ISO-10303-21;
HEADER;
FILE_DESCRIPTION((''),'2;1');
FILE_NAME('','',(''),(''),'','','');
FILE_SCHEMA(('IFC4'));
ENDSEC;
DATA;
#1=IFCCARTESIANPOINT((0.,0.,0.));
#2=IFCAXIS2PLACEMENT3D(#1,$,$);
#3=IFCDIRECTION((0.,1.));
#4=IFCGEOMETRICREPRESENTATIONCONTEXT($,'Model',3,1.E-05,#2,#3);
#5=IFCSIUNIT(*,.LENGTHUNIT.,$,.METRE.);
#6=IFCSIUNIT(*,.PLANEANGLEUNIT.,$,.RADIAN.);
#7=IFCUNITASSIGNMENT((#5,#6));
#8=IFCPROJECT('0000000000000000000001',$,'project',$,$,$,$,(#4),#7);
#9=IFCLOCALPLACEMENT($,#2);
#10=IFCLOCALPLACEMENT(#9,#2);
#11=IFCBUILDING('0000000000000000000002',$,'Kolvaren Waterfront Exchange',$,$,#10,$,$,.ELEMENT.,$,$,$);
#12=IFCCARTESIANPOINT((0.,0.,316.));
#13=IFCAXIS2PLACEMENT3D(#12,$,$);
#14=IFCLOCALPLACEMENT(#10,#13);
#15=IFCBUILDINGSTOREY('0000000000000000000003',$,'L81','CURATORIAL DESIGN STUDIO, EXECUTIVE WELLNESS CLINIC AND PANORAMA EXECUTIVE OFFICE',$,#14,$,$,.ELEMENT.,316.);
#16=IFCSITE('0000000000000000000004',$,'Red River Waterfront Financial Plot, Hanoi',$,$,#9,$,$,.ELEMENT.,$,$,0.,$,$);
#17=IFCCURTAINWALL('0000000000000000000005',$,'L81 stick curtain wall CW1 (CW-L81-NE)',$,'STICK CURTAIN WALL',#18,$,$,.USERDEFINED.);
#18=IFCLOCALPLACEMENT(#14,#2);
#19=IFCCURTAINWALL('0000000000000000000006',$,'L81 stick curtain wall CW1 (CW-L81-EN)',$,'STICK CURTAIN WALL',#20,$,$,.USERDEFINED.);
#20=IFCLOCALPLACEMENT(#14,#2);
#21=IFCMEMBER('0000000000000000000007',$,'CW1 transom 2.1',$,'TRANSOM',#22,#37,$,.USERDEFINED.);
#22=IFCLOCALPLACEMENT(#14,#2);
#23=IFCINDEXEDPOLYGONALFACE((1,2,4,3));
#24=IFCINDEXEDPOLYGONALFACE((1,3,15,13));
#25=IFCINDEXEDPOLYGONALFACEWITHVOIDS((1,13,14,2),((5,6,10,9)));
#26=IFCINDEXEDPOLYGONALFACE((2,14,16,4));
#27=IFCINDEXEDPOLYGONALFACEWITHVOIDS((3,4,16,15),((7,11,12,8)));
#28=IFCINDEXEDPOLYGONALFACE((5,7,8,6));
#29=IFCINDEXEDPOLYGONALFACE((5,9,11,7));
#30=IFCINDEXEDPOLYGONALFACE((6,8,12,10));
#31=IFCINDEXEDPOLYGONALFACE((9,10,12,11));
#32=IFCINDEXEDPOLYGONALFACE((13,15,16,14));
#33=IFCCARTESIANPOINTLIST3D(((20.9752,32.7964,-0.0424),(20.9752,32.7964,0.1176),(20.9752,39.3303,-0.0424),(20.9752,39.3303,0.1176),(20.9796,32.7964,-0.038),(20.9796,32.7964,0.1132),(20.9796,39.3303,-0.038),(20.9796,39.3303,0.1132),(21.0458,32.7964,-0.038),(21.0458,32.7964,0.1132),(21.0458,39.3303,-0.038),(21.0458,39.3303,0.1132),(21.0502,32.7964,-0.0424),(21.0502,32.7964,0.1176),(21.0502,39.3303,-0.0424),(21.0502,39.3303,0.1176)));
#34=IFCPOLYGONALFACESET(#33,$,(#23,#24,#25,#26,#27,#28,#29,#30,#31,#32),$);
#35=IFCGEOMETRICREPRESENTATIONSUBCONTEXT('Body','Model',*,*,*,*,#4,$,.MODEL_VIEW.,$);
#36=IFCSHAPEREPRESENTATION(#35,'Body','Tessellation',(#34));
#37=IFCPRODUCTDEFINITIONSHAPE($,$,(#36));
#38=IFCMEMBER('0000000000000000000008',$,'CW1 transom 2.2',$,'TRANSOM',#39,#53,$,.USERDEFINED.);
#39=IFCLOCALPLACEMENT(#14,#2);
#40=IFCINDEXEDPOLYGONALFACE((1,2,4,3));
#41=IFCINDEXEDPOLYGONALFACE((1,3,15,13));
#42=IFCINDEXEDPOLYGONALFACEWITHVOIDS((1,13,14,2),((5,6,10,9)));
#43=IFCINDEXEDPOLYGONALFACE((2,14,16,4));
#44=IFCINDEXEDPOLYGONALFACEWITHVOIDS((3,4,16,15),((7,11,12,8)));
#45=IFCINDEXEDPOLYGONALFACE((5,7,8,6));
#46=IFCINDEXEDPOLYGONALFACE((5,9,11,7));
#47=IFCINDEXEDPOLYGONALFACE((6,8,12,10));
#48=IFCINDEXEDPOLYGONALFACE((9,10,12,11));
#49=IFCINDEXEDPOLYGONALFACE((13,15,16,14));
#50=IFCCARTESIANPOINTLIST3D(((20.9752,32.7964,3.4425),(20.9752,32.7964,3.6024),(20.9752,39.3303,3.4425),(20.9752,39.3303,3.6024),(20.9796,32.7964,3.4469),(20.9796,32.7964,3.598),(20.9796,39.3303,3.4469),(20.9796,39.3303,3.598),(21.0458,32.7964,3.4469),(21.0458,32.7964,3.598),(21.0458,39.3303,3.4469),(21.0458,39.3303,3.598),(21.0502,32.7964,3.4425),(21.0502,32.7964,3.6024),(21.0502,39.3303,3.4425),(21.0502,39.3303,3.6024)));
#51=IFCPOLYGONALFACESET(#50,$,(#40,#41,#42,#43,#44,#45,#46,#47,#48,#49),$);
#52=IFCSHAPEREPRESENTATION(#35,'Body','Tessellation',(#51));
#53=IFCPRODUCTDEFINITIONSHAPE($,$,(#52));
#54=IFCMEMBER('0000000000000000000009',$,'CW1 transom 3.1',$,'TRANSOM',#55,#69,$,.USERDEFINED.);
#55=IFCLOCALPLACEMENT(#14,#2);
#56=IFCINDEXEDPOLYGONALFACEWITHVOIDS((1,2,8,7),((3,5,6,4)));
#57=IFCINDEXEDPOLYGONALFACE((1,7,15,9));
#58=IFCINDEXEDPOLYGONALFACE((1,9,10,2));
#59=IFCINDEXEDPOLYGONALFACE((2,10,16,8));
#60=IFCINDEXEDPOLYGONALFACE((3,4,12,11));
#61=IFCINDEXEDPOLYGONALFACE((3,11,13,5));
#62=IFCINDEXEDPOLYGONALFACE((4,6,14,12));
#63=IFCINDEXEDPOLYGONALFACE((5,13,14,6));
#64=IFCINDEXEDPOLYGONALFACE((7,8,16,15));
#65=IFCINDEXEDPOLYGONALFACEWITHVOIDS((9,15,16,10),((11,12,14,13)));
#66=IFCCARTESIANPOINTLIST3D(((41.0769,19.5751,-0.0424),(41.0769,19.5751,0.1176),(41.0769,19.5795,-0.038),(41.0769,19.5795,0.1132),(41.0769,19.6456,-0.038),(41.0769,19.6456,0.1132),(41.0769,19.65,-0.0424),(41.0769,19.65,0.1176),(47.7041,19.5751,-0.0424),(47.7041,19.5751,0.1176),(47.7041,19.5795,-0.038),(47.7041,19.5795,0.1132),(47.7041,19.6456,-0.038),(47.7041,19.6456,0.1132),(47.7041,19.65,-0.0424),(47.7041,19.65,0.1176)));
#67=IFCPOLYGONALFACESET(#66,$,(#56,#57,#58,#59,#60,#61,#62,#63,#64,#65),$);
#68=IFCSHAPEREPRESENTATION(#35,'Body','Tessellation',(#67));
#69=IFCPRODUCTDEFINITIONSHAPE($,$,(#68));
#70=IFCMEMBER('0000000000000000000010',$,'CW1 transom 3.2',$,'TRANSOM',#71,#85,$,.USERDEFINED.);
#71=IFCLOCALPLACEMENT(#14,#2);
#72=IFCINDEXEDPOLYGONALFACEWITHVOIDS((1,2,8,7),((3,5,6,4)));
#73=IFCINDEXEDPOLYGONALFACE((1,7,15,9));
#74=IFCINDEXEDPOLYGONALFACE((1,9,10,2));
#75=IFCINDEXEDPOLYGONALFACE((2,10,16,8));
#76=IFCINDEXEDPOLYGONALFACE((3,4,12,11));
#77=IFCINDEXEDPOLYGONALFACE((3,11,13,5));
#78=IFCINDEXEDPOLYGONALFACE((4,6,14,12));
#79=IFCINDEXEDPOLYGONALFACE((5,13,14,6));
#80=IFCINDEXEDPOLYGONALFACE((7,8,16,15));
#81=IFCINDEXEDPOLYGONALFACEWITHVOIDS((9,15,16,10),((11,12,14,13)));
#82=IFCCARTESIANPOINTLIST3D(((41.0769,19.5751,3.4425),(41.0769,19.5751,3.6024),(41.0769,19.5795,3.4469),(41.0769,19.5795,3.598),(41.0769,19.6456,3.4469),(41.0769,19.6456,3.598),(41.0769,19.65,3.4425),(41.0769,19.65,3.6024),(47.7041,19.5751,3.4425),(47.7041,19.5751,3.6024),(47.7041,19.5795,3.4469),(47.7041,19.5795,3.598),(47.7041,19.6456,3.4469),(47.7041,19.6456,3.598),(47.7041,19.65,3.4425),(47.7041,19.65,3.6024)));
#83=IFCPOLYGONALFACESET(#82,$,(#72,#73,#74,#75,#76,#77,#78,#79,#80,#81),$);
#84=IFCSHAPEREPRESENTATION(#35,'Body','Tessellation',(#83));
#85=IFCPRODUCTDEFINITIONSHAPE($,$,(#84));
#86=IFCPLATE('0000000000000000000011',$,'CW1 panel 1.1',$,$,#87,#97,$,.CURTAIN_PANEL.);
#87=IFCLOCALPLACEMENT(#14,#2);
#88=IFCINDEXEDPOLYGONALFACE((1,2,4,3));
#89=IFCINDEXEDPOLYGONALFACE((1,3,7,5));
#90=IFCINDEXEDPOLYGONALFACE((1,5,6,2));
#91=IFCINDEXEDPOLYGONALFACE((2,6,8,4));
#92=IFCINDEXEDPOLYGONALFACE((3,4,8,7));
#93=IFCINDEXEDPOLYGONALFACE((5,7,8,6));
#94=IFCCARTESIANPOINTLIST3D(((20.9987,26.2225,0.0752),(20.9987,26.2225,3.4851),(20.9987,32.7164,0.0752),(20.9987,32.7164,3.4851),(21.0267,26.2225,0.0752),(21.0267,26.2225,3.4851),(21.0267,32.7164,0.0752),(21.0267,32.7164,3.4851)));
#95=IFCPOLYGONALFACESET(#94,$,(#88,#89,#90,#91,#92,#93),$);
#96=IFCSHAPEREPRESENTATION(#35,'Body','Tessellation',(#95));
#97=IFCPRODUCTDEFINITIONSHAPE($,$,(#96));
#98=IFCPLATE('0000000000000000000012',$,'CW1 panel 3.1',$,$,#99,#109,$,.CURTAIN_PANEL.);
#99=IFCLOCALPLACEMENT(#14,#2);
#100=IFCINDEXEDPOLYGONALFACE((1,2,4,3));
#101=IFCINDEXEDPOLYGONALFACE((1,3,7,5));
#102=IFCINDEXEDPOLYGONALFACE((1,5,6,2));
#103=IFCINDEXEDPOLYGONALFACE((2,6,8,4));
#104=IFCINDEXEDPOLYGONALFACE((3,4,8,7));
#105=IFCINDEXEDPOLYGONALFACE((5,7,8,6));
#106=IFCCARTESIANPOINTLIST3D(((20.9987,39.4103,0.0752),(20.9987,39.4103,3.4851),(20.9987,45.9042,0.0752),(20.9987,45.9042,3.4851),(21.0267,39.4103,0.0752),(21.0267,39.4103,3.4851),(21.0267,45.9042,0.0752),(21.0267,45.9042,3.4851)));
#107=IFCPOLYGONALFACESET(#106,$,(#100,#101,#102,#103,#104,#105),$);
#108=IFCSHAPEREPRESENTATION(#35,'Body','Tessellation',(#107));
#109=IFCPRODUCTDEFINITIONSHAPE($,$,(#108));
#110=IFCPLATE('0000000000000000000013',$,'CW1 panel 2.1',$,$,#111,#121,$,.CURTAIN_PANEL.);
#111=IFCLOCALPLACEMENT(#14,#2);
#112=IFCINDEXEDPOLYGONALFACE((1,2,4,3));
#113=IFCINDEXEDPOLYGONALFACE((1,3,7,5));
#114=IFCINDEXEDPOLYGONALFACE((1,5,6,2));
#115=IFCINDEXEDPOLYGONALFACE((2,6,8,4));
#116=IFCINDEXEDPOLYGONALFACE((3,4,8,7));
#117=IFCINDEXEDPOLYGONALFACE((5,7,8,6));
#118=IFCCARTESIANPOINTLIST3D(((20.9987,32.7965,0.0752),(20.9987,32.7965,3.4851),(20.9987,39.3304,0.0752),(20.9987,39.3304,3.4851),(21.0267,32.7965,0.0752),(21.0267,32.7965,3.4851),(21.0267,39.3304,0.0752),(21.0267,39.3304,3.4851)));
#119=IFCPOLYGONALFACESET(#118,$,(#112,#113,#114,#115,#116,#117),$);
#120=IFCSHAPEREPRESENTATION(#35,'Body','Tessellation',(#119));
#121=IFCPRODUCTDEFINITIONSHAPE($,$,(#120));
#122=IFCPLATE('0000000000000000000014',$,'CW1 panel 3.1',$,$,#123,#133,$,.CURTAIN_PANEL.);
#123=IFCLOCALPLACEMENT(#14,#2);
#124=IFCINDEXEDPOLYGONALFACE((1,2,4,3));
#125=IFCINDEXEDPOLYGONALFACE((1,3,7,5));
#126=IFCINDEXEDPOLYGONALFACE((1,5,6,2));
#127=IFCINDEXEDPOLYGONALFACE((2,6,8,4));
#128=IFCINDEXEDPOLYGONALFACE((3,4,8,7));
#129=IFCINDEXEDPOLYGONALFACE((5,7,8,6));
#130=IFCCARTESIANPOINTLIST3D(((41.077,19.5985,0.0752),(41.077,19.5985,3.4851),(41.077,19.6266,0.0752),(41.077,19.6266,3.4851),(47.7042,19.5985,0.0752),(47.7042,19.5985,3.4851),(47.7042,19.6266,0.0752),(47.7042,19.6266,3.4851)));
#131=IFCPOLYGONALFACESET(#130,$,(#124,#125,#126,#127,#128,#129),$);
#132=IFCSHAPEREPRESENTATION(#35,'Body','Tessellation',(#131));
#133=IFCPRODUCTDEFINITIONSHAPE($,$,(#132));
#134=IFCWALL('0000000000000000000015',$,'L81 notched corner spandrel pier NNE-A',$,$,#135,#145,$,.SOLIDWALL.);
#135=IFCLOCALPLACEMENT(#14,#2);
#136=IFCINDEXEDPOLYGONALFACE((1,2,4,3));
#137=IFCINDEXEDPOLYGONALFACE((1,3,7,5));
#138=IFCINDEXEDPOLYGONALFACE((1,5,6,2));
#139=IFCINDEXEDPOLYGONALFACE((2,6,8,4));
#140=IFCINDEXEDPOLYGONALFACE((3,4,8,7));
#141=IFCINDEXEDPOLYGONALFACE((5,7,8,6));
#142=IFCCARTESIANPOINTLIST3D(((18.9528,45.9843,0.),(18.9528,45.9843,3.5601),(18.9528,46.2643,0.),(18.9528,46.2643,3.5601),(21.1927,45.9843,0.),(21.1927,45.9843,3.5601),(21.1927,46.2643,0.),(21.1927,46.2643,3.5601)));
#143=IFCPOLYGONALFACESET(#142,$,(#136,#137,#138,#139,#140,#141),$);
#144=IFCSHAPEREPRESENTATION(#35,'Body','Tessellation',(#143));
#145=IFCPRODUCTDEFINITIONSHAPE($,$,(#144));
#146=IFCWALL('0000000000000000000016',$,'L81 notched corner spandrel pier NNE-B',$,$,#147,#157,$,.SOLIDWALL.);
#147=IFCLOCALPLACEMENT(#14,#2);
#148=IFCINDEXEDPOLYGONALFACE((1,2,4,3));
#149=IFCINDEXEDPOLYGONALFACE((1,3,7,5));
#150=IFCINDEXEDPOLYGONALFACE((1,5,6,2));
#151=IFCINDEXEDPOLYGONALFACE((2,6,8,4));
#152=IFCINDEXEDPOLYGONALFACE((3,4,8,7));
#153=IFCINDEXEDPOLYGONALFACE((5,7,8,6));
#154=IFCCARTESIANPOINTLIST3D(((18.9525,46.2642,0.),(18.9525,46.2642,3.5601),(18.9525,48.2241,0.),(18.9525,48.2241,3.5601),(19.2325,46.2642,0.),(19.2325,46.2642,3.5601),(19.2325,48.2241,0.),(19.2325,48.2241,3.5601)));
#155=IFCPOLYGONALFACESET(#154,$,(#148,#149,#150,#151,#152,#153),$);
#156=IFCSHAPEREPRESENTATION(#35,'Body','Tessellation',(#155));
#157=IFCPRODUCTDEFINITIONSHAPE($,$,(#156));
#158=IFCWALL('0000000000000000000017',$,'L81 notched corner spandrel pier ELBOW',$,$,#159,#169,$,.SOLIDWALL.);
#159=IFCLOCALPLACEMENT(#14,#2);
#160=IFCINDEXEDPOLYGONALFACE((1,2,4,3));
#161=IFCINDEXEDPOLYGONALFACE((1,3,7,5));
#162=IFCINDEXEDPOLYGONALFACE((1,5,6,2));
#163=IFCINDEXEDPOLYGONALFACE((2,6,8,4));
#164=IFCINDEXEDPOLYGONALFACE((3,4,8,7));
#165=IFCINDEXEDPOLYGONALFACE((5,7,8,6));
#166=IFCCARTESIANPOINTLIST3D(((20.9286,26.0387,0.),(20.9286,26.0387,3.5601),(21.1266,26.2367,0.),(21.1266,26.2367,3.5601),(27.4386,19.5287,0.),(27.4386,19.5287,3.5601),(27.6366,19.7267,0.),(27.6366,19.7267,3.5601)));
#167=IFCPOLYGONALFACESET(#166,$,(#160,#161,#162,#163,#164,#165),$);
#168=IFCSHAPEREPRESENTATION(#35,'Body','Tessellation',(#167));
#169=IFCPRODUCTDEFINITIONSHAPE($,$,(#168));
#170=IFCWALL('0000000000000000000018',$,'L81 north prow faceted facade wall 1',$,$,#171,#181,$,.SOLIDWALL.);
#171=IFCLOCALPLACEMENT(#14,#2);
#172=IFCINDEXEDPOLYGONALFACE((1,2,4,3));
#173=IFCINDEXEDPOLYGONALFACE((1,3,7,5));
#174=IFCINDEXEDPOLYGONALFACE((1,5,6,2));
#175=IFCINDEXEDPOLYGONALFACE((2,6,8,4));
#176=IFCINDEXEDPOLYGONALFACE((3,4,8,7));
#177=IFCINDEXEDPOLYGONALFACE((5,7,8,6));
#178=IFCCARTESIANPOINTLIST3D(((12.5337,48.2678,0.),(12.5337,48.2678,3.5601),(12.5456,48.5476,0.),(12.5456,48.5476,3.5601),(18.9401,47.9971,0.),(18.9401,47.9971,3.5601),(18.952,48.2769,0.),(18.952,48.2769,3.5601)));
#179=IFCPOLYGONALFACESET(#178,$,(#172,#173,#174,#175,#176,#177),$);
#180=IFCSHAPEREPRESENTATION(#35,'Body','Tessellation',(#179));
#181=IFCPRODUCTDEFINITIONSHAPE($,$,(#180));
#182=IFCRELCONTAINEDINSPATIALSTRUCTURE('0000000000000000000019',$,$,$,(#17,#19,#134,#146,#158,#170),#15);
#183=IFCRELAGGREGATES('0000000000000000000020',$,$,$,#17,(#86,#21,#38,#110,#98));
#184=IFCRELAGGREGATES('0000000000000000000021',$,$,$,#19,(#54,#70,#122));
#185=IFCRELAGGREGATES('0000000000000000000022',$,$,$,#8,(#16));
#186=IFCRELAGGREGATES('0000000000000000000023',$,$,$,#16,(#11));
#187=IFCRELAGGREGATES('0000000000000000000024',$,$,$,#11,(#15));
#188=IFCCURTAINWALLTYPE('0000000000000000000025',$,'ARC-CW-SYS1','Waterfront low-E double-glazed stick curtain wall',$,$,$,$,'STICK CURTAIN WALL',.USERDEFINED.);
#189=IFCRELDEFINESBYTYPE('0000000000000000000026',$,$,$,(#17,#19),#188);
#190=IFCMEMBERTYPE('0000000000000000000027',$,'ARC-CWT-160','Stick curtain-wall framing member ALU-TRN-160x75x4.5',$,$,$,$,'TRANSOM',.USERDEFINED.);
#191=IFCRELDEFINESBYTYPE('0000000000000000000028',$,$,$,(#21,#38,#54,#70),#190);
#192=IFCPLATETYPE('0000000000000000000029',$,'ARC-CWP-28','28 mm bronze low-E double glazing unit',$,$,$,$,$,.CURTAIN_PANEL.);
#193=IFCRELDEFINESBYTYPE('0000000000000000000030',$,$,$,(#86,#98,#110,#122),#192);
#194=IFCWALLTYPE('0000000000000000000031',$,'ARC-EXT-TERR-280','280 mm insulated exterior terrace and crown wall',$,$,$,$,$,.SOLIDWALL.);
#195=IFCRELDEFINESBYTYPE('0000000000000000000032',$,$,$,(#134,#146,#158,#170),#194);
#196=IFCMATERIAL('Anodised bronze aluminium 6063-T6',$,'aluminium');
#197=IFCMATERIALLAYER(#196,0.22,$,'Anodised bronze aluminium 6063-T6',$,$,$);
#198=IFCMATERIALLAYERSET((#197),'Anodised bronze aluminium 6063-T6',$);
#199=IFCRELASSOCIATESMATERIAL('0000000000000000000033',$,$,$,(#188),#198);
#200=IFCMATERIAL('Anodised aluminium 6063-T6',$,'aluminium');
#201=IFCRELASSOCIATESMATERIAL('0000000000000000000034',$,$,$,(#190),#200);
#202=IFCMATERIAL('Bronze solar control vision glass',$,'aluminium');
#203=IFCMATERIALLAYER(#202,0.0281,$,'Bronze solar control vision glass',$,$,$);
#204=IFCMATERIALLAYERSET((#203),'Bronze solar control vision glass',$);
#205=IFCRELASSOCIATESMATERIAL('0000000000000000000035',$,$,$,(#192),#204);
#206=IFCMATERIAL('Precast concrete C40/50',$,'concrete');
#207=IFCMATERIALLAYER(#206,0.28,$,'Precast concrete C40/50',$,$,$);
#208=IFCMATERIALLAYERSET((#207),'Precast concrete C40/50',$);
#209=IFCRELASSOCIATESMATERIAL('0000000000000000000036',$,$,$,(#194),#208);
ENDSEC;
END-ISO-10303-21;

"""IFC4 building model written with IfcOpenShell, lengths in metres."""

from ifc_helpers import new_model, si_unit, direction, frame, frame_2d, origin, origin_with_axes, origin_2d, place, context, subcontext, project, spatial, rectangle, hollow_rectangle, extrude, source, transform, mapped, material, layer, layer_set, material_profile, profile_set, type_object, element, aggregate, save


model = new_model("IFC4")

# Units and contexts
model_context = context("Model", 3, precision=1e-05, world=origin(), true_north=direction((0.0, 1.0)))
body_context = subcontext(model_context, "Body", "Model", "MODEL_VIEW")
ifc_project = project(units=[si_unit("LENGTHUNIT", "METRE"), si_unit("PLANEANGLEUNIT", "RADIAN")], contexts=[model_context])

# Site, building, storey
site_placement = place(None, origin())
site = spatial("IfcSite", under=ifc_project, at=site_placement, Name="Red River Waterfront Financial Plot, Hanoi", CompositionType="ELEMENT", RefElevation=0.0)
building_placement = place(site_placement, origin())
building = spatial("IfcBuilding", under=site, at=building_placement, Name="Kolvaren Waterfront Exchange", CompositionType="ELEMENT")
storey_placement = place(building_placement, frame((0.0, 0.0, 316.0)))
storey = spatial("IfcBuildingStorey", under=building, at=storey_placement, Name="L81", Description="CURATORIAL DESIGN STUDIO, EXECUTIVE WELLNESS CLINIC AND PANORAMA EXECUTIVE OFFICE", CompositionType="ELEMENT", Elevation=316.0)

# Curtain walls
ifc_material_1 = material(Name="Anodised bronze aluminium 6063-T6", Category="aluminium")
ifc_layer_1 = layer(ifc_material_1, 0.22, Name="Anodised bronze aluminium 6063-T6")
ifc_layer_set_1 = layer_set([ifc_layer_1], Name="Anodised bronze aluminium 6063-T6")
curtain_wall_type = type_object("IfcCurtainWallType", Name="ARC-CW-SYS1", Description="Waterfront low-E double-glazed stick curtain wall", ElementType="STICK CURTAIN WALL", PredefinedType="USERDEFINED", material=ifc_layer_set_1)
curtain_wall_1_placement = place(storey_placement, origin())
curtain_wall_1 = element("IfcCurtainWall", 1, at=curtain_wall_1_placement, inside=storey, type_object=curtain_wall_type, Name="L81 stick curtain wall CW1 (CW-L81-NE)", ObjectType="STICK CURTAIN WALL", PredefinedType="USERDEFINED")
ifc_material_2 = material(Name="Anodised aluminium 6063-T6", Category="aluminium")
curtain_wall_2_placement = place(storey_placement, origin())
curtain_wall_2 = element("IfcCurtainWall", 2, at=curtain_wall_2_placement, inside=storey, type_object=curtain_wall_type, Name="L81 stick curtain wall CW1 (CW-L81-EN)", ObjectType="STICK CURTAIN WALL", PredefinedType="USERDEFINED")

# Members
ifc_material_profile_1 = material_profile(ifc_material_2, hollow_rectangle(XDim=0.075, YDim=0.1599, WallThickness=0.0044, at=origin_2d()), Name="ALU-TRN-160x75x4.5")
ifc_profile_set_1 = profile_set([ifc_material_profile_1], Name="Anodised aluminium 6063-T6")
member_type_1 = type_object("IfcMemberType", Name="ARC-CWT-160", Description="Stick curtain-wall framing member ALU-TRN-160x75x4.5", ElementType="TRANSOM", PredefinedType="USERDEFINED", material=ifc_profile_set_1)
shared_shape_1 = source(origin_with_axes(), body_context, "Body", "SweptSolid", [
    extrude(hollow_rectangle(XDim=0.075, YDim=0.1599, WallThickness=0.0044, at=origin_2d()), origin(), (0.0, 0.0, 1.0), 6.5339),
])
member_1_placement = place(storey_placement, frame((21.0127, 32.7964, 0.0376), z_axis=(0.0, 1.0, 0.0), x_axis=(-1.0, 0.0, 0.0)))
member_1 = element("IfcMember", 3, at=member_1_placement, type_object=member_type_1, Name="CW1 transom 2.1", ObjectType="TRANSOM", PredefinedType="USERDEFINED", context=body_context, shape_type="MappedRepresentation", body=[
    mapped(shared_shape_1, transform((0.0, 0.0, 0.0), x_axis=(1.0, 0.0, 0.0), y_axis=(0.0, 1.0, 0.0), z_axis=(0.0, 0.0, 1.0), scale=1.0)),
])
member_2_placement = place(storey_placement, frame((21.0127, 32.7964, 3.5225), z_axis=(0.0, 1.0, 0.0), x_axis=(-1.0, 0.0, 0.0)))
member_2 = element("IfcMember", 4, at=member_2_placement, type_object=member_type_1, Name="CW1 transom 2.2", ObjectType="TRANSOM", PredefinedType="USERDEFINED", context=body_context, shape_type="MappedRepresentation", body=[
    mapped(shared_shape_1, transform((0.0, 0.0, 0.0), x_axis=(1.0, 0.0, 0.0), y_axis=(0.0, 1.0, 0.0), z_axis=(0.0, 0.0, 1.0), scale=1.0)),
])
shared_shape_2 = source(origin_with_axes(), body_context, "Body", "SweptSolid", [
    extrude(hollow_rectangle(XDim=0.075, YDim=0.1599, WallThickness=0.0044, at=origin_2d()), origin(), (0.0, 0.0, 1.0), 6.6272),
])
member_3_placement = place(storey_placement, frame((41.0769, 19.6125, 0.0376), z_axis=(1.0, 0.0, 0.0), x_axis=(0.0, 1.0, 0.0)))
member_3 = element("IfcMember", 5, at=member_3_placement, type_object=member_type_1, Name="CW1 transom 3.1", ObjectType="TRANSOM", PredefinedType="USERDEFINED", context=body_context, shape_type="MappedRepresentation", body=[
    mapped(shared_shape_2, transform((0.0, 0.0, 0.0), x_axis=(1.0, 0.0, 0.0), y_axis=(0.0, 1.0, 0.0), z_axis=(0.0, 0.0, 1.0), scale=1.0)),
])
member_4_placement = place(storey_placement, frame((41.0769, 19.6125, 3.5225), z_axis=(1.0, 0.0, 0.0), x_axis=(0.0, 1.0, 0.0)))
member_4 = element("IfcMember", 6, at=member_4_placement, type_object=member_type_1, Name="CW1 transom 3.2", ObjectType="TRANSOM", PredefinedType="USERDEFINED", context=body_context, shape_type="MappedRepresentation", body=[
    mapped(shared_shape_2, transform((0.0, 0.0, 0.0), x_axis=(1.0, 0.0, 0.0), y_axis=(0.0, 1.0, 0.0), z_axis=(0.0, 0.0, 1.0), scale=1.0)),
])

# Plates
ifc_material_3 = material(Name="Bronze solar control vision glass", Category="aluminium")
ifc_layer_2 = layer(ifc_material_3, 0.0281, Name="Bronze solar control vision glass")
ifc_layer_set_2 = layer_set([ifc_layer_2], Name="Bronze solar control vision glass")
plate_type = type_object("IfcPlateType", Name="ARC-CWP-28", Description="28 mm bronze low-E double glazing unit", PredefinedType="CURTAIN_PANEL", material=ifc_layer_set_2)
shared_shape_3 = source(origin_with_axes(), body_context, "Body", "SweptSolid", [
    extrude(rectangle(XDim=6.4939, YDim=0.0281, at=origin_2d()), origin(), (0.0, 0.0, 1.0), 3.4099),
])
plate_1_placement = place(storey_placement, frame((21.0127, 29.4695, 0.0752), z_axis=(0.0, 0.0, 1.0), x_axis=(0.0, 1.0, 0.0)))
plate_1 = element("IfcPlate", 7, at=plate_1_placement, type_object=plate_type, Name="CW1 panel 1.1", PredefinedType="CURTAIN_PANEL", context=body_context, shape_type="MappedRepresentation", body=[
    mapped(shared_shape_3, transform((0.0, 0.0, 0.0), x_axis=(1.0, 0.0, 0.0), y_axis=(0.0, 1.0, 0.0), z_axis=(0.0, 0.0, 1.0), scale=1.0)),
])
plate_2_placement = place(storey_placement, frame((21.0127, 42.6572, 0.0752), z_axis=(0.0, 0.0, 1.0), x_axis=(0.0, 1.0, 0.0)))
plate_2 = element("IfcPlate", 8, at=plate_2_placement, type_object=plate_type, Name="CW1 panel 3.1", PredefinedType="CURTAIN_PANEL", context=body_context, shape_type="MappedRepresentation", body=[
    mapped(shared_shape_3, transform((0.0, 0.0, 0.0), x_axis=(1.0, 0.0, 0.0), y_axis=(0.0, 1.0, 0.0), z_axis=(0.0, 0.0, 1.0), scale=1.0)),
])
shared_shape_4 = source(origin_with_axes(), body_context, "Body", "SweptSolid", [
    extrude(rectangle(XDim=6.5339, YDim=0.0281, at=origin_2d()), origin(), (0.0, 0.0, 1.0), 3.4099),
])
plate_3_placement = place(storey_placement, frame((21.0127, 36.0635, 0.0752), z_axis=(0.0, 0.0, 1.0), x_axis=(0.0, 1.0, 0.0)))
plate_3 = element("IfcPlate", 9, at=plate_3_placement, type_object=plate_type, Name="CW1 panel 2.1", PredefinedType="CURTAIN_PANEL", context=body_context, shape_type="MappedRepresentation", body=[
    mapped(shared_shape_4, transform((0.0, 0.0, 0.0), x_axis=(1.0, 0.0, 0.0), y_axis=(0.0, 1.0, 0.0), z_axis=(0.0, 0.0, 1.0), scale=1.0)),
])
aggregate(curtain_wall_1, [plate_1, member_1, member_2, plate_3, plate_2])
shared_shape_5 = source(origin_with_axes(), body_context, "Body", "SweptSolid", [
    extrude(rectangle(XDim=6.6272, YDim=0.0281, at=origin_2d()), origin(), (0.0, 0.0, 1.0), 3.4099),
])
plate_4_placement = place(storey_placement, frame((44.3906, 19.6125, 0.0752), z_axis=(0.0, 0.0, 1.0), x_axis=(1.0, 0.0, 0.0)))
plate_4 = element("IfcPlate", 10, at=plate_4_placement, type_object=plate_type, Name="CW1 panel 3.1", PredefinedType="CURTAIN_PANEL", context=body_context, shape_type="MappedRepresentation", body=[
    mapped(shared_shape_5, transform((0.0, 0.0, 0.0), x_axis=(1.0, 0.0, 0.0), y_axis=(0.0, 1.0, 0.0), z_axis=(0.0, 0.0, 1.0), scale=1.0)),
])
aggregate(curtain_wall_2, [member_3, member_4, plate_4])

# Walls
ifc_material_4 = material(Name="Precast concrete C40/50", Category="concrete")
ifc_layer_3 = layer(ifc_material_4, 0.28, Name="Precast concrete C40/50")
ifc_layer_set_3 = layer_set([ifc_layer_3], Name="Precast concrete C40/50")
wall_type = type_object("IfcWallType", Name="ARC-EXT-TERR-280", Description="280 mm insulated exterior terrace and crown wall", PredefinedType="SOLIDWALL", material=ifc_layer_set_3)
wall_1_placement = place(storey_placement, frame((18.9526, 46.1243, 0.0), z_axis=(0.0, 0.0, 1.0), x_axis=(1.0, 0.0, 0.0)))
element("IfcWall", 11, at=wall_1_placement, inside=storey, type_object=wall_type, Name="L81 notched corner spandrel pier NNE-A", PredefinedType="SOLIDWALL", context=body_context, shape_type="SweptSolid", body=[
    extrude(rectangle(XDim=2.24, YDim=0.28, at=frame_2d((1.1201, 0.0))), origin(), (0.0, 0.0, 1.0), 3.5601),
])
wall_2_placement = place(storey_placement, frame((19.0925, 46.2642, 0.0), z_axis=(0.0, 0.0, 1.0), x_axis=(0.0, 1.0, 0.0)))
element("IfcWall", 12, at=wall_2_placement, inside=storey, type_object=wall_type, Name="L81 notched corner spandrel pier NNE-B", PredefinedType="SOLIDWALL", context=body_context, shape_type="SweptSolid", body=[
    extrude(rectangle(XDim=1.96, YDim=0.28, at=frame_2d((0.98, 0.0))), origin(), (0.0, 0.0, 1.0), 3.5601),
])
wall_3_placement = place(storey_placement, frame((27.5376, 19.6277, 0.0), z_axis=(0.0, 0.0, 1.0), x_axis=(-0.707107, 0.707107, 0.0)))
element("IfcWall", 13, at=wall_3_placement, inside=storey, type_object=wall_type, Name="L81 notched corner spandrel pier ELBOW", PredefinedType="SOLIDWALL", context=body_context, shape_type="SweptSolid", body=[
    extrude(rectangle(XDim=9.2065, YDim=0.28, at=frame_2d((4.6033, 0.0))), origin(), (0.0, 0.0, 1.0), 3.5601),
])
wall_4_placement = place(storey_placement, frame((18.946, 48.137, 0.0), z_axis=(0.0, 0.0, 1.0), x_axis=(-0.999108, 0.042224, 0.0)))
element("IfcWall", 14, at=wall_4_placement, inside=storey, type_object=wall_type, Name="L81 north prow faceted facade wall 1", PredefinedType="SOLIDWALL", context=body_context, shape_type="SweptSolid", body=[
    extrude(rectangle(XDim=6.4121, YDim=0.28, at=frame_2d((3.2061, 0.0))), origin(), (0.0, 0.0, 1.0), 3.5601),
])

save(model, "model.ifc")
